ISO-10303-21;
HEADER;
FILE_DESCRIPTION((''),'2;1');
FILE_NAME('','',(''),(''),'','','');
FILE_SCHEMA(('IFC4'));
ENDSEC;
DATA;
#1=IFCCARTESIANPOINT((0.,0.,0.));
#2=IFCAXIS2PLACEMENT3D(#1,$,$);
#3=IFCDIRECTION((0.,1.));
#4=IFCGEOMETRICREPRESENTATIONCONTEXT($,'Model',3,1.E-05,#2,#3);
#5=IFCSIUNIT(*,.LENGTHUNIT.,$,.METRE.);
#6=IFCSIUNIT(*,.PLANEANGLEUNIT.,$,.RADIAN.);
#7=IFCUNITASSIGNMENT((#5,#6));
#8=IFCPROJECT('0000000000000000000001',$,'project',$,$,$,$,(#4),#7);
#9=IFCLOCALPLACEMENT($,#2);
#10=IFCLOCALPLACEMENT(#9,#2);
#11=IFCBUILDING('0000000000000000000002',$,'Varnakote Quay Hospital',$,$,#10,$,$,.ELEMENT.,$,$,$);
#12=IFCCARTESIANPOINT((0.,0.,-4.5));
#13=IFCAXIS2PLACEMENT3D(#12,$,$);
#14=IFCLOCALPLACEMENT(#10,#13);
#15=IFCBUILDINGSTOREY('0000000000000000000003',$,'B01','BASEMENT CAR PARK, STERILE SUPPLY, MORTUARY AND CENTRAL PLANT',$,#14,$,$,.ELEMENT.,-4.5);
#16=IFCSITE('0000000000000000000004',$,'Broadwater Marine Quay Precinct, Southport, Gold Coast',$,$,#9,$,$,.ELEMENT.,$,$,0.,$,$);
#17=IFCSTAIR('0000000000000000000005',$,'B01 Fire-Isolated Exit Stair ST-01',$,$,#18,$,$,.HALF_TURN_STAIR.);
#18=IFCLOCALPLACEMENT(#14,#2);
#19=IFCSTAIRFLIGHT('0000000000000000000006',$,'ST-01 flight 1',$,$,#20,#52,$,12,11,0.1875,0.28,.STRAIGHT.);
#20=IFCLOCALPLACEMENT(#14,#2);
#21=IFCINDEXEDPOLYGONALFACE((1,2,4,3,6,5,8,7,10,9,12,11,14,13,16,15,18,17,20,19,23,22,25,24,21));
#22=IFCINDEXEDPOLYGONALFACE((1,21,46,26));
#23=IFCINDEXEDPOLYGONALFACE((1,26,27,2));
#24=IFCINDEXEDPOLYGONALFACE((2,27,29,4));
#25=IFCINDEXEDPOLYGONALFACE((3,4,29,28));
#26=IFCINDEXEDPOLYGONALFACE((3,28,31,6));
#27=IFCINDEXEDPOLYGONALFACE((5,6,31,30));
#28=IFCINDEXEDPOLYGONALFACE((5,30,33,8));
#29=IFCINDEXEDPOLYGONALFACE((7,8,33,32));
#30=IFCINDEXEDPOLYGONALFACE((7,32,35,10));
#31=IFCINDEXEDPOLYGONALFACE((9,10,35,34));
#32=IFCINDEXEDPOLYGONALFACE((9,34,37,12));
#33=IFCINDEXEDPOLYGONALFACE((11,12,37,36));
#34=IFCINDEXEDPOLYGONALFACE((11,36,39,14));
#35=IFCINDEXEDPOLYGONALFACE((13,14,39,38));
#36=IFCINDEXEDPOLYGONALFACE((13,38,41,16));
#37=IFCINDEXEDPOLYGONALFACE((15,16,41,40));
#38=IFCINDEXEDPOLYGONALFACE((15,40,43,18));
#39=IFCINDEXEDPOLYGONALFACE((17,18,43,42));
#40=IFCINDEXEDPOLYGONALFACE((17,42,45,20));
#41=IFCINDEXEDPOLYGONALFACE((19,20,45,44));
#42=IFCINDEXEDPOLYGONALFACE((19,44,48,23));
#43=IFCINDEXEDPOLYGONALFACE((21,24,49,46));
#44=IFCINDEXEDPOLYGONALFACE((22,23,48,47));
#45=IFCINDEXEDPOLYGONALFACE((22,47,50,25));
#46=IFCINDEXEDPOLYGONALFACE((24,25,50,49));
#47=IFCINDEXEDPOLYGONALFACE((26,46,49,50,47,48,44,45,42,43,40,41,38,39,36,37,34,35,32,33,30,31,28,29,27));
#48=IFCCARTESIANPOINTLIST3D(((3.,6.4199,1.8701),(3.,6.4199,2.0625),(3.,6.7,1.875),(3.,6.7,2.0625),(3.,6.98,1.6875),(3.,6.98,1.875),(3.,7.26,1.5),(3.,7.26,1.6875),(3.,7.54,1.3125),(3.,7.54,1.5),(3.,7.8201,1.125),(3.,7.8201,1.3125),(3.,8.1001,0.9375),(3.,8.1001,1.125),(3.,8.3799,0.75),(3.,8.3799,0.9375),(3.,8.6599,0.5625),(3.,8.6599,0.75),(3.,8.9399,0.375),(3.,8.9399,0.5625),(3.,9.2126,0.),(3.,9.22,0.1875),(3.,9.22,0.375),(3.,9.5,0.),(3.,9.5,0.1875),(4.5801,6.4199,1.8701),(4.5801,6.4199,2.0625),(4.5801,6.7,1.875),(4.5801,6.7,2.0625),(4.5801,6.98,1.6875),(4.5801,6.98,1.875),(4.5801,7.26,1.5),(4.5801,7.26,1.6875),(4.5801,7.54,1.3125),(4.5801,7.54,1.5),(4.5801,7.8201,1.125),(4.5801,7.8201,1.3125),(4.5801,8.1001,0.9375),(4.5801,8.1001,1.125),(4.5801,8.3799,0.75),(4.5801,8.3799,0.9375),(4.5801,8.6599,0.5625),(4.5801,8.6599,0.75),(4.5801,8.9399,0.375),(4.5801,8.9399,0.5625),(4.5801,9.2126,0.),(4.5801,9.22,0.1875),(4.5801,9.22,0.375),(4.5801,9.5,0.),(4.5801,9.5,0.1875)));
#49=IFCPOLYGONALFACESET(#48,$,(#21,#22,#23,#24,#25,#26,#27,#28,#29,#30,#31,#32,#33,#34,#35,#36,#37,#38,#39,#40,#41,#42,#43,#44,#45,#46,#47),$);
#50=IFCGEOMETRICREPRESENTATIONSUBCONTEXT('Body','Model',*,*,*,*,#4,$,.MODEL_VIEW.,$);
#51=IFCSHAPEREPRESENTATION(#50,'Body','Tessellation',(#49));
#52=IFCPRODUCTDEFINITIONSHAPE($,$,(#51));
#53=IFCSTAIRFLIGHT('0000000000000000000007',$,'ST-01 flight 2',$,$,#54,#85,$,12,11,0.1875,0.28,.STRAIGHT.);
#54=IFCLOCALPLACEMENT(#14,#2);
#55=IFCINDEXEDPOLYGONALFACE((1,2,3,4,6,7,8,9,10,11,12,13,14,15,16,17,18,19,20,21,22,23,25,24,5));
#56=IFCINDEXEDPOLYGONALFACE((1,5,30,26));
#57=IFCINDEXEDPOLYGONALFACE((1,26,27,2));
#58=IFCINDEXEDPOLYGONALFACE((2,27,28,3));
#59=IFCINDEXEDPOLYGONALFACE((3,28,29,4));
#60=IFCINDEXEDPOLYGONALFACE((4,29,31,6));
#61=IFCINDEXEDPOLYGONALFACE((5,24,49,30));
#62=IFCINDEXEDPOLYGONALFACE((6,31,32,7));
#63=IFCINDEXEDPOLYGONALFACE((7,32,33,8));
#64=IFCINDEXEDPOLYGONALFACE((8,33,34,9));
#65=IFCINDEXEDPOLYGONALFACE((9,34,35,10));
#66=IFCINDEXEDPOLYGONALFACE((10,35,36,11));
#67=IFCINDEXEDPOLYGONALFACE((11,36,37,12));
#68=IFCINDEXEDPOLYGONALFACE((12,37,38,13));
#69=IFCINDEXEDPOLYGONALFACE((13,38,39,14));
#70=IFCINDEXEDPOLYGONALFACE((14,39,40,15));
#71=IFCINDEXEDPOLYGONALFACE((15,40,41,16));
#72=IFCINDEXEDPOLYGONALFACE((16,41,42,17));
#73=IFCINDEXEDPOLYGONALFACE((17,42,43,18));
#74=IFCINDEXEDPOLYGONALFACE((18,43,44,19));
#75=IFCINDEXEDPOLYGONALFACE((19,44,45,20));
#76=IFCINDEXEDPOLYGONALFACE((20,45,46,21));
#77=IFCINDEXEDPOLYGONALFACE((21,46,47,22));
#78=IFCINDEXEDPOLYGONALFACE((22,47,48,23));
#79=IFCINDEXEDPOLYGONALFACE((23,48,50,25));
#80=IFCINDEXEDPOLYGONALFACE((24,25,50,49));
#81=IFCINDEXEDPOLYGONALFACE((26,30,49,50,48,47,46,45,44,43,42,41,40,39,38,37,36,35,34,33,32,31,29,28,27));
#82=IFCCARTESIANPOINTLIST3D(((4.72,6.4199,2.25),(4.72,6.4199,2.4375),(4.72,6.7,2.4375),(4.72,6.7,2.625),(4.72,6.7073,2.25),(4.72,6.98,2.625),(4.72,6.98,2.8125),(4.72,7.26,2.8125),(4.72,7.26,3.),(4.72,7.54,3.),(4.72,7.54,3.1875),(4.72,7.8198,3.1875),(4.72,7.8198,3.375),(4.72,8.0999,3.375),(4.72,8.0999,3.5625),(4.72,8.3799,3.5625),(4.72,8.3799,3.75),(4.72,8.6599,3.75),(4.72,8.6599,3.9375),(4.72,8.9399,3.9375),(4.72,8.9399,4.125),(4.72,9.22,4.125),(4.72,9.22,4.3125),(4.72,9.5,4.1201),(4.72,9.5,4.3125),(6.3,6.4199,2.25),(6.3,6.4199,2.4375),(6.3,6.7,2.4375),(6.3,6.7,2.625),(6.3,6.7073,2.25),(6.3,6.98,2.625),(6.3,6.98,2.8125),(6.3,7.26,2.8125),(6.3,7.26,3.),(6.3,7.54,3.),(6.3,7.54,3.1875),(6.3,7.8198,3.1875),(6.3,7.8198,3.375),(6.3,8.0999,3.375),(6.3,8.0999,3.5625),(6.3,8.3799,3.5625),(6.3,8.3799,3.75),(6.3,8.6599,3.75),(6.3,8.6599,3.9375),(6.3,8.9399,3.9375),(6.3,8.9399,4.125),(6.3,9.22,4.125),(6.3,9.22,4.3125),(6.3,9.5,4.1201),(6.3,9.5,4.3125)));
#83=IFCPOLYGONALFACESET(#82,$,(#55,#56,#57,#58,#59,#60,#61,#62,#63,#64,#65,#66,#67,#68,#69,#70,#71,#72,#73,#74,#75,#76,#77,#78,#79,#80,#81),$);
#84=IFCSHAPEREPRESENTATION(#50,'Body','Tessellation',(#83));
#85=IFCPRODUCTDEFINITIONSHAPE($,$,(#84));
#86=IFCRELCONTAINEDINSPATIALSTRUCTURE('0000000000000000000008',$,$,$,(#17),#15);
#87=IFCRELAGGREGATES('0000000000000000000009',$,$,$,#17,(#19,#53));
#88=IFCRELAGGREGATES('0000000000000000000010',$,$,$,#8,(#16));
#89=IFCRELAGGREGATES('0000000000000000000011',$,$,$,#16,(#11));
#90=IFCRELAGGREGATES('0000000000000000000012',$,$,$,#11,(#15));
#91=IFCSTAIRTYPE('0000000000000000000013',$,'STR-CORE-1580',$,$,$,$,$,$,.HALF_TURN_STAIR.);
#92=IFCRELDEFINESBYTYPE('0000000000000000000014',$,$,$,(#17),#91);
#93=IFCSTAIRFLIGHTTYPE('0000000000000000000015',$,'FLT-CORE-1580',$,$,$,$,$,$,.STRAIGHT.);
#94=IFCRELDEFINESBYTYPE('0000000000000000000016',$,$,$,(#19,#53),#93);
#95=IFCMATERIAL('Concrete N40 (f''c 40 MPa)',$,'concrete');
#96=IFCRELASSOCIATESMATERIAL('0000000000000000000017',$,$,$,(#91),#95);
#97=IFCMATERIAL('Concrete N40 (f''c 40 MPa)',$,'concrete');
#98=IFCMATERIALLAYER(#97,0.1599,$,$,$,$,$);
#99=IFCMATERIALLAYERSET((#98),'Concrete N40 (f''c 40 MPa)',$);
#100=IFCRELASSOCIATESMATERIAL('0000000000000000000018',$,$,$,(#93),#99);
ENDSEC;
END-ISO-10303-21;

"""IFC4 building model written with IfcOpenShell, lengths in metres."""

from ifc_helpers import new_model, si_unit, direction, frame, origin, place, context, subcontext, project, spatial, polyline, outline, extrude, material, layer, layer_set, type_object, element, aggregate, save


model = new_model("IFC4")

# Units and contexts
model_context = context("Model", 3, precision=1e-05, world=origin(), true_north=direction((0.0, 1.0)))
body_context = subcontext(model_context, "Body", "Model", "MODEL_VIEW")
ifc_project = project(units=[si_unit("LENGTHUNIT", "METRE"), si_unit("PLANEANGLEUNIT", "RADIAN")], contexts=[model_context])

# Site, building, storey
site_placement = place(None, origin())
site = spatial("IfcSite", under=ifc_project, at=site_placement, Name="Broadwater Marine Quay Precinct, Southport, Gold Coast", CompositionType="ELEMENT", RefElevation=0.0)
building_placement = place(site_placement, origin())
building = spatial("IfcBuilding", under=site, at=building_placement, Name="Varnakote Quay Hospital", CompositionType="ELEMENT")
storey_placement = place(building_placement, frame((0.0, 0.0, -4.5)))
storey = spatial("IfcBuildingStorey", under=building, at=storey_placement, Name="B01", Description="BASEMENT CAR PARK, STERILE SUPPLY, MORTUARY AND CENTRAL PLANT", CompositionType="ELEMENT", Elevation=-4.5)

# Stair, stair flights
ifc_material_1 = material(Name="Concrete N40 (f'c 40 MPa)", Category="concrete")
stair_type = type_object("IfcStairType", Name="STR-CORE-1580", PredefinedType="HALF_TURN_STAIR", material=ifc_material_1)
stair_placement = place(storey_placement, origin())
stair = element("IfcStair", 1, at=stair_placement, inside=storey, type_object=stair_type, Name="B01 Fire-Isolated Exit Stair ST-01", PredefinedType="HALF_TURN_STAIR")
ifc_material_2 = material(Name="Concrete N40 (f'c 40 MPa)", Category="concrete")
ifc_layer_1 = layer(ifc_material_2, 0.1599)
ifc_layer_set_1 = layer_set([ifc_layer_1], Name="Concrete N40 (f'c 40 MPa)")
stair_flight_type = type_object("IfcStairFlightType", Name="FLT-CORE-1580", PredefinedType="STRAIGHT", material=ifc_layer_set_1)
stair_flight_1_placement = place(storey_placement, frame((3.79, 9.5, 0.0), z_axis=(0.0, 0.0, 1.0), x_axis=(0.0, -1.0, 0.0)))
stair_flight_1 = element("IfcStairFlight", 2, at=stair_flight_1_placement, type_object=stair_flight_type, Name="ST-01 flight 1", NumberOfRisers=12, NumberOfTreads=11, PredefinedType="STRAIGHT", RiserHeight=0.1875, TreadLength=0.28, context=body_context, shape_type="SweptSolid", body=[
    extrude(outline(polyline([(0.0, 0.0), (0.0, 0.1875), (0.28, 0.1875), (0.28, 0.375), (0.5601, 0.375), (0.5601, 0.5625), (0.8401, 0.5625), (0.8401, 0.75), (1.1201, 0.75), (1.1201, 0.9375), (1.3999, 0.9375), (1.3999, 1.125), (1.6799, 1.125), (1.6799, 1.3125), (1.96, 1.3125), (1.96, 1.5), (2.24, 1.5), (2.24, 1.6875), (2.52, 1.6875), (2.52, 1.875), (2.8, 1.875), (2.8, 2.0625), (3.0801, 2.0625), (3.0801, 2.25), (3.0801, 1.8701), (0.2874, 0.0), (0.0, 0.0)])), frame((0.0, 0.79, 0.0), z_axis=(0.0, -1.0, 0.0), x_axis=(1.0, 0.0, 0.0)), (0.0, 0.0, 1.0), 1.5801),
])
stair_flight_2_placement = place(storey_placement, frame((5.51, 6.4199, 2.25), z_axis=(0.0, 0.0, 1.0), x_axis=(0.0, 1.0, 0.0)))
stair_flight_2 = element("IfcStairFlight", 3, at=stair_flight_2_placement, type_object=stair_flight_type, Name="ST-01 flight 2", NumberOfRisers=12, NumberOfTreads=11, PredefinedType="STRAIGHT", RiserHeight=0.1875, TreadLength=0.28, context=body_context, shape_type="SweptSolid", body=[
    extrude(outline(polyline([(0.0, 0.0), (0.0, 0.1875), (0.28, 0.1875), (0.28, 0.375), (0.5601, 0.375), (0.5601, 0.5625), (0.8401, 0.5625), (0.8401, 0.75), (1.1201, 0.75), (1.1201, 0.9375), (1.3999, 0.9375), (1.3999, 1.125), (1.6799, 1.125), (1.6799, 1.3125), (1.96, 1.3125), (1.96, 1.5), (2.24, 1.5), (2.24, 1.6875), (2.52, 1.6875), (2.52, 1.875), (2.8, 1.875), (2.8, 2.0625), (3.0801, 2.0625), (3.0801, 2.25), (3.0801, 1.8701), (0.2874, 0.0), (0.0, 0.0)])), frame((0.0, 0.79, 0.0), z_axis=(0.0, -1.0, 0.0), x_axis=(1.0, 0.0, 0.0)), (0.0, 0.0, 1.0), 1.5801),
])
aggregate(stair, [stair_flight_1, stair_flight_2])

save(model, "model.ifc")
